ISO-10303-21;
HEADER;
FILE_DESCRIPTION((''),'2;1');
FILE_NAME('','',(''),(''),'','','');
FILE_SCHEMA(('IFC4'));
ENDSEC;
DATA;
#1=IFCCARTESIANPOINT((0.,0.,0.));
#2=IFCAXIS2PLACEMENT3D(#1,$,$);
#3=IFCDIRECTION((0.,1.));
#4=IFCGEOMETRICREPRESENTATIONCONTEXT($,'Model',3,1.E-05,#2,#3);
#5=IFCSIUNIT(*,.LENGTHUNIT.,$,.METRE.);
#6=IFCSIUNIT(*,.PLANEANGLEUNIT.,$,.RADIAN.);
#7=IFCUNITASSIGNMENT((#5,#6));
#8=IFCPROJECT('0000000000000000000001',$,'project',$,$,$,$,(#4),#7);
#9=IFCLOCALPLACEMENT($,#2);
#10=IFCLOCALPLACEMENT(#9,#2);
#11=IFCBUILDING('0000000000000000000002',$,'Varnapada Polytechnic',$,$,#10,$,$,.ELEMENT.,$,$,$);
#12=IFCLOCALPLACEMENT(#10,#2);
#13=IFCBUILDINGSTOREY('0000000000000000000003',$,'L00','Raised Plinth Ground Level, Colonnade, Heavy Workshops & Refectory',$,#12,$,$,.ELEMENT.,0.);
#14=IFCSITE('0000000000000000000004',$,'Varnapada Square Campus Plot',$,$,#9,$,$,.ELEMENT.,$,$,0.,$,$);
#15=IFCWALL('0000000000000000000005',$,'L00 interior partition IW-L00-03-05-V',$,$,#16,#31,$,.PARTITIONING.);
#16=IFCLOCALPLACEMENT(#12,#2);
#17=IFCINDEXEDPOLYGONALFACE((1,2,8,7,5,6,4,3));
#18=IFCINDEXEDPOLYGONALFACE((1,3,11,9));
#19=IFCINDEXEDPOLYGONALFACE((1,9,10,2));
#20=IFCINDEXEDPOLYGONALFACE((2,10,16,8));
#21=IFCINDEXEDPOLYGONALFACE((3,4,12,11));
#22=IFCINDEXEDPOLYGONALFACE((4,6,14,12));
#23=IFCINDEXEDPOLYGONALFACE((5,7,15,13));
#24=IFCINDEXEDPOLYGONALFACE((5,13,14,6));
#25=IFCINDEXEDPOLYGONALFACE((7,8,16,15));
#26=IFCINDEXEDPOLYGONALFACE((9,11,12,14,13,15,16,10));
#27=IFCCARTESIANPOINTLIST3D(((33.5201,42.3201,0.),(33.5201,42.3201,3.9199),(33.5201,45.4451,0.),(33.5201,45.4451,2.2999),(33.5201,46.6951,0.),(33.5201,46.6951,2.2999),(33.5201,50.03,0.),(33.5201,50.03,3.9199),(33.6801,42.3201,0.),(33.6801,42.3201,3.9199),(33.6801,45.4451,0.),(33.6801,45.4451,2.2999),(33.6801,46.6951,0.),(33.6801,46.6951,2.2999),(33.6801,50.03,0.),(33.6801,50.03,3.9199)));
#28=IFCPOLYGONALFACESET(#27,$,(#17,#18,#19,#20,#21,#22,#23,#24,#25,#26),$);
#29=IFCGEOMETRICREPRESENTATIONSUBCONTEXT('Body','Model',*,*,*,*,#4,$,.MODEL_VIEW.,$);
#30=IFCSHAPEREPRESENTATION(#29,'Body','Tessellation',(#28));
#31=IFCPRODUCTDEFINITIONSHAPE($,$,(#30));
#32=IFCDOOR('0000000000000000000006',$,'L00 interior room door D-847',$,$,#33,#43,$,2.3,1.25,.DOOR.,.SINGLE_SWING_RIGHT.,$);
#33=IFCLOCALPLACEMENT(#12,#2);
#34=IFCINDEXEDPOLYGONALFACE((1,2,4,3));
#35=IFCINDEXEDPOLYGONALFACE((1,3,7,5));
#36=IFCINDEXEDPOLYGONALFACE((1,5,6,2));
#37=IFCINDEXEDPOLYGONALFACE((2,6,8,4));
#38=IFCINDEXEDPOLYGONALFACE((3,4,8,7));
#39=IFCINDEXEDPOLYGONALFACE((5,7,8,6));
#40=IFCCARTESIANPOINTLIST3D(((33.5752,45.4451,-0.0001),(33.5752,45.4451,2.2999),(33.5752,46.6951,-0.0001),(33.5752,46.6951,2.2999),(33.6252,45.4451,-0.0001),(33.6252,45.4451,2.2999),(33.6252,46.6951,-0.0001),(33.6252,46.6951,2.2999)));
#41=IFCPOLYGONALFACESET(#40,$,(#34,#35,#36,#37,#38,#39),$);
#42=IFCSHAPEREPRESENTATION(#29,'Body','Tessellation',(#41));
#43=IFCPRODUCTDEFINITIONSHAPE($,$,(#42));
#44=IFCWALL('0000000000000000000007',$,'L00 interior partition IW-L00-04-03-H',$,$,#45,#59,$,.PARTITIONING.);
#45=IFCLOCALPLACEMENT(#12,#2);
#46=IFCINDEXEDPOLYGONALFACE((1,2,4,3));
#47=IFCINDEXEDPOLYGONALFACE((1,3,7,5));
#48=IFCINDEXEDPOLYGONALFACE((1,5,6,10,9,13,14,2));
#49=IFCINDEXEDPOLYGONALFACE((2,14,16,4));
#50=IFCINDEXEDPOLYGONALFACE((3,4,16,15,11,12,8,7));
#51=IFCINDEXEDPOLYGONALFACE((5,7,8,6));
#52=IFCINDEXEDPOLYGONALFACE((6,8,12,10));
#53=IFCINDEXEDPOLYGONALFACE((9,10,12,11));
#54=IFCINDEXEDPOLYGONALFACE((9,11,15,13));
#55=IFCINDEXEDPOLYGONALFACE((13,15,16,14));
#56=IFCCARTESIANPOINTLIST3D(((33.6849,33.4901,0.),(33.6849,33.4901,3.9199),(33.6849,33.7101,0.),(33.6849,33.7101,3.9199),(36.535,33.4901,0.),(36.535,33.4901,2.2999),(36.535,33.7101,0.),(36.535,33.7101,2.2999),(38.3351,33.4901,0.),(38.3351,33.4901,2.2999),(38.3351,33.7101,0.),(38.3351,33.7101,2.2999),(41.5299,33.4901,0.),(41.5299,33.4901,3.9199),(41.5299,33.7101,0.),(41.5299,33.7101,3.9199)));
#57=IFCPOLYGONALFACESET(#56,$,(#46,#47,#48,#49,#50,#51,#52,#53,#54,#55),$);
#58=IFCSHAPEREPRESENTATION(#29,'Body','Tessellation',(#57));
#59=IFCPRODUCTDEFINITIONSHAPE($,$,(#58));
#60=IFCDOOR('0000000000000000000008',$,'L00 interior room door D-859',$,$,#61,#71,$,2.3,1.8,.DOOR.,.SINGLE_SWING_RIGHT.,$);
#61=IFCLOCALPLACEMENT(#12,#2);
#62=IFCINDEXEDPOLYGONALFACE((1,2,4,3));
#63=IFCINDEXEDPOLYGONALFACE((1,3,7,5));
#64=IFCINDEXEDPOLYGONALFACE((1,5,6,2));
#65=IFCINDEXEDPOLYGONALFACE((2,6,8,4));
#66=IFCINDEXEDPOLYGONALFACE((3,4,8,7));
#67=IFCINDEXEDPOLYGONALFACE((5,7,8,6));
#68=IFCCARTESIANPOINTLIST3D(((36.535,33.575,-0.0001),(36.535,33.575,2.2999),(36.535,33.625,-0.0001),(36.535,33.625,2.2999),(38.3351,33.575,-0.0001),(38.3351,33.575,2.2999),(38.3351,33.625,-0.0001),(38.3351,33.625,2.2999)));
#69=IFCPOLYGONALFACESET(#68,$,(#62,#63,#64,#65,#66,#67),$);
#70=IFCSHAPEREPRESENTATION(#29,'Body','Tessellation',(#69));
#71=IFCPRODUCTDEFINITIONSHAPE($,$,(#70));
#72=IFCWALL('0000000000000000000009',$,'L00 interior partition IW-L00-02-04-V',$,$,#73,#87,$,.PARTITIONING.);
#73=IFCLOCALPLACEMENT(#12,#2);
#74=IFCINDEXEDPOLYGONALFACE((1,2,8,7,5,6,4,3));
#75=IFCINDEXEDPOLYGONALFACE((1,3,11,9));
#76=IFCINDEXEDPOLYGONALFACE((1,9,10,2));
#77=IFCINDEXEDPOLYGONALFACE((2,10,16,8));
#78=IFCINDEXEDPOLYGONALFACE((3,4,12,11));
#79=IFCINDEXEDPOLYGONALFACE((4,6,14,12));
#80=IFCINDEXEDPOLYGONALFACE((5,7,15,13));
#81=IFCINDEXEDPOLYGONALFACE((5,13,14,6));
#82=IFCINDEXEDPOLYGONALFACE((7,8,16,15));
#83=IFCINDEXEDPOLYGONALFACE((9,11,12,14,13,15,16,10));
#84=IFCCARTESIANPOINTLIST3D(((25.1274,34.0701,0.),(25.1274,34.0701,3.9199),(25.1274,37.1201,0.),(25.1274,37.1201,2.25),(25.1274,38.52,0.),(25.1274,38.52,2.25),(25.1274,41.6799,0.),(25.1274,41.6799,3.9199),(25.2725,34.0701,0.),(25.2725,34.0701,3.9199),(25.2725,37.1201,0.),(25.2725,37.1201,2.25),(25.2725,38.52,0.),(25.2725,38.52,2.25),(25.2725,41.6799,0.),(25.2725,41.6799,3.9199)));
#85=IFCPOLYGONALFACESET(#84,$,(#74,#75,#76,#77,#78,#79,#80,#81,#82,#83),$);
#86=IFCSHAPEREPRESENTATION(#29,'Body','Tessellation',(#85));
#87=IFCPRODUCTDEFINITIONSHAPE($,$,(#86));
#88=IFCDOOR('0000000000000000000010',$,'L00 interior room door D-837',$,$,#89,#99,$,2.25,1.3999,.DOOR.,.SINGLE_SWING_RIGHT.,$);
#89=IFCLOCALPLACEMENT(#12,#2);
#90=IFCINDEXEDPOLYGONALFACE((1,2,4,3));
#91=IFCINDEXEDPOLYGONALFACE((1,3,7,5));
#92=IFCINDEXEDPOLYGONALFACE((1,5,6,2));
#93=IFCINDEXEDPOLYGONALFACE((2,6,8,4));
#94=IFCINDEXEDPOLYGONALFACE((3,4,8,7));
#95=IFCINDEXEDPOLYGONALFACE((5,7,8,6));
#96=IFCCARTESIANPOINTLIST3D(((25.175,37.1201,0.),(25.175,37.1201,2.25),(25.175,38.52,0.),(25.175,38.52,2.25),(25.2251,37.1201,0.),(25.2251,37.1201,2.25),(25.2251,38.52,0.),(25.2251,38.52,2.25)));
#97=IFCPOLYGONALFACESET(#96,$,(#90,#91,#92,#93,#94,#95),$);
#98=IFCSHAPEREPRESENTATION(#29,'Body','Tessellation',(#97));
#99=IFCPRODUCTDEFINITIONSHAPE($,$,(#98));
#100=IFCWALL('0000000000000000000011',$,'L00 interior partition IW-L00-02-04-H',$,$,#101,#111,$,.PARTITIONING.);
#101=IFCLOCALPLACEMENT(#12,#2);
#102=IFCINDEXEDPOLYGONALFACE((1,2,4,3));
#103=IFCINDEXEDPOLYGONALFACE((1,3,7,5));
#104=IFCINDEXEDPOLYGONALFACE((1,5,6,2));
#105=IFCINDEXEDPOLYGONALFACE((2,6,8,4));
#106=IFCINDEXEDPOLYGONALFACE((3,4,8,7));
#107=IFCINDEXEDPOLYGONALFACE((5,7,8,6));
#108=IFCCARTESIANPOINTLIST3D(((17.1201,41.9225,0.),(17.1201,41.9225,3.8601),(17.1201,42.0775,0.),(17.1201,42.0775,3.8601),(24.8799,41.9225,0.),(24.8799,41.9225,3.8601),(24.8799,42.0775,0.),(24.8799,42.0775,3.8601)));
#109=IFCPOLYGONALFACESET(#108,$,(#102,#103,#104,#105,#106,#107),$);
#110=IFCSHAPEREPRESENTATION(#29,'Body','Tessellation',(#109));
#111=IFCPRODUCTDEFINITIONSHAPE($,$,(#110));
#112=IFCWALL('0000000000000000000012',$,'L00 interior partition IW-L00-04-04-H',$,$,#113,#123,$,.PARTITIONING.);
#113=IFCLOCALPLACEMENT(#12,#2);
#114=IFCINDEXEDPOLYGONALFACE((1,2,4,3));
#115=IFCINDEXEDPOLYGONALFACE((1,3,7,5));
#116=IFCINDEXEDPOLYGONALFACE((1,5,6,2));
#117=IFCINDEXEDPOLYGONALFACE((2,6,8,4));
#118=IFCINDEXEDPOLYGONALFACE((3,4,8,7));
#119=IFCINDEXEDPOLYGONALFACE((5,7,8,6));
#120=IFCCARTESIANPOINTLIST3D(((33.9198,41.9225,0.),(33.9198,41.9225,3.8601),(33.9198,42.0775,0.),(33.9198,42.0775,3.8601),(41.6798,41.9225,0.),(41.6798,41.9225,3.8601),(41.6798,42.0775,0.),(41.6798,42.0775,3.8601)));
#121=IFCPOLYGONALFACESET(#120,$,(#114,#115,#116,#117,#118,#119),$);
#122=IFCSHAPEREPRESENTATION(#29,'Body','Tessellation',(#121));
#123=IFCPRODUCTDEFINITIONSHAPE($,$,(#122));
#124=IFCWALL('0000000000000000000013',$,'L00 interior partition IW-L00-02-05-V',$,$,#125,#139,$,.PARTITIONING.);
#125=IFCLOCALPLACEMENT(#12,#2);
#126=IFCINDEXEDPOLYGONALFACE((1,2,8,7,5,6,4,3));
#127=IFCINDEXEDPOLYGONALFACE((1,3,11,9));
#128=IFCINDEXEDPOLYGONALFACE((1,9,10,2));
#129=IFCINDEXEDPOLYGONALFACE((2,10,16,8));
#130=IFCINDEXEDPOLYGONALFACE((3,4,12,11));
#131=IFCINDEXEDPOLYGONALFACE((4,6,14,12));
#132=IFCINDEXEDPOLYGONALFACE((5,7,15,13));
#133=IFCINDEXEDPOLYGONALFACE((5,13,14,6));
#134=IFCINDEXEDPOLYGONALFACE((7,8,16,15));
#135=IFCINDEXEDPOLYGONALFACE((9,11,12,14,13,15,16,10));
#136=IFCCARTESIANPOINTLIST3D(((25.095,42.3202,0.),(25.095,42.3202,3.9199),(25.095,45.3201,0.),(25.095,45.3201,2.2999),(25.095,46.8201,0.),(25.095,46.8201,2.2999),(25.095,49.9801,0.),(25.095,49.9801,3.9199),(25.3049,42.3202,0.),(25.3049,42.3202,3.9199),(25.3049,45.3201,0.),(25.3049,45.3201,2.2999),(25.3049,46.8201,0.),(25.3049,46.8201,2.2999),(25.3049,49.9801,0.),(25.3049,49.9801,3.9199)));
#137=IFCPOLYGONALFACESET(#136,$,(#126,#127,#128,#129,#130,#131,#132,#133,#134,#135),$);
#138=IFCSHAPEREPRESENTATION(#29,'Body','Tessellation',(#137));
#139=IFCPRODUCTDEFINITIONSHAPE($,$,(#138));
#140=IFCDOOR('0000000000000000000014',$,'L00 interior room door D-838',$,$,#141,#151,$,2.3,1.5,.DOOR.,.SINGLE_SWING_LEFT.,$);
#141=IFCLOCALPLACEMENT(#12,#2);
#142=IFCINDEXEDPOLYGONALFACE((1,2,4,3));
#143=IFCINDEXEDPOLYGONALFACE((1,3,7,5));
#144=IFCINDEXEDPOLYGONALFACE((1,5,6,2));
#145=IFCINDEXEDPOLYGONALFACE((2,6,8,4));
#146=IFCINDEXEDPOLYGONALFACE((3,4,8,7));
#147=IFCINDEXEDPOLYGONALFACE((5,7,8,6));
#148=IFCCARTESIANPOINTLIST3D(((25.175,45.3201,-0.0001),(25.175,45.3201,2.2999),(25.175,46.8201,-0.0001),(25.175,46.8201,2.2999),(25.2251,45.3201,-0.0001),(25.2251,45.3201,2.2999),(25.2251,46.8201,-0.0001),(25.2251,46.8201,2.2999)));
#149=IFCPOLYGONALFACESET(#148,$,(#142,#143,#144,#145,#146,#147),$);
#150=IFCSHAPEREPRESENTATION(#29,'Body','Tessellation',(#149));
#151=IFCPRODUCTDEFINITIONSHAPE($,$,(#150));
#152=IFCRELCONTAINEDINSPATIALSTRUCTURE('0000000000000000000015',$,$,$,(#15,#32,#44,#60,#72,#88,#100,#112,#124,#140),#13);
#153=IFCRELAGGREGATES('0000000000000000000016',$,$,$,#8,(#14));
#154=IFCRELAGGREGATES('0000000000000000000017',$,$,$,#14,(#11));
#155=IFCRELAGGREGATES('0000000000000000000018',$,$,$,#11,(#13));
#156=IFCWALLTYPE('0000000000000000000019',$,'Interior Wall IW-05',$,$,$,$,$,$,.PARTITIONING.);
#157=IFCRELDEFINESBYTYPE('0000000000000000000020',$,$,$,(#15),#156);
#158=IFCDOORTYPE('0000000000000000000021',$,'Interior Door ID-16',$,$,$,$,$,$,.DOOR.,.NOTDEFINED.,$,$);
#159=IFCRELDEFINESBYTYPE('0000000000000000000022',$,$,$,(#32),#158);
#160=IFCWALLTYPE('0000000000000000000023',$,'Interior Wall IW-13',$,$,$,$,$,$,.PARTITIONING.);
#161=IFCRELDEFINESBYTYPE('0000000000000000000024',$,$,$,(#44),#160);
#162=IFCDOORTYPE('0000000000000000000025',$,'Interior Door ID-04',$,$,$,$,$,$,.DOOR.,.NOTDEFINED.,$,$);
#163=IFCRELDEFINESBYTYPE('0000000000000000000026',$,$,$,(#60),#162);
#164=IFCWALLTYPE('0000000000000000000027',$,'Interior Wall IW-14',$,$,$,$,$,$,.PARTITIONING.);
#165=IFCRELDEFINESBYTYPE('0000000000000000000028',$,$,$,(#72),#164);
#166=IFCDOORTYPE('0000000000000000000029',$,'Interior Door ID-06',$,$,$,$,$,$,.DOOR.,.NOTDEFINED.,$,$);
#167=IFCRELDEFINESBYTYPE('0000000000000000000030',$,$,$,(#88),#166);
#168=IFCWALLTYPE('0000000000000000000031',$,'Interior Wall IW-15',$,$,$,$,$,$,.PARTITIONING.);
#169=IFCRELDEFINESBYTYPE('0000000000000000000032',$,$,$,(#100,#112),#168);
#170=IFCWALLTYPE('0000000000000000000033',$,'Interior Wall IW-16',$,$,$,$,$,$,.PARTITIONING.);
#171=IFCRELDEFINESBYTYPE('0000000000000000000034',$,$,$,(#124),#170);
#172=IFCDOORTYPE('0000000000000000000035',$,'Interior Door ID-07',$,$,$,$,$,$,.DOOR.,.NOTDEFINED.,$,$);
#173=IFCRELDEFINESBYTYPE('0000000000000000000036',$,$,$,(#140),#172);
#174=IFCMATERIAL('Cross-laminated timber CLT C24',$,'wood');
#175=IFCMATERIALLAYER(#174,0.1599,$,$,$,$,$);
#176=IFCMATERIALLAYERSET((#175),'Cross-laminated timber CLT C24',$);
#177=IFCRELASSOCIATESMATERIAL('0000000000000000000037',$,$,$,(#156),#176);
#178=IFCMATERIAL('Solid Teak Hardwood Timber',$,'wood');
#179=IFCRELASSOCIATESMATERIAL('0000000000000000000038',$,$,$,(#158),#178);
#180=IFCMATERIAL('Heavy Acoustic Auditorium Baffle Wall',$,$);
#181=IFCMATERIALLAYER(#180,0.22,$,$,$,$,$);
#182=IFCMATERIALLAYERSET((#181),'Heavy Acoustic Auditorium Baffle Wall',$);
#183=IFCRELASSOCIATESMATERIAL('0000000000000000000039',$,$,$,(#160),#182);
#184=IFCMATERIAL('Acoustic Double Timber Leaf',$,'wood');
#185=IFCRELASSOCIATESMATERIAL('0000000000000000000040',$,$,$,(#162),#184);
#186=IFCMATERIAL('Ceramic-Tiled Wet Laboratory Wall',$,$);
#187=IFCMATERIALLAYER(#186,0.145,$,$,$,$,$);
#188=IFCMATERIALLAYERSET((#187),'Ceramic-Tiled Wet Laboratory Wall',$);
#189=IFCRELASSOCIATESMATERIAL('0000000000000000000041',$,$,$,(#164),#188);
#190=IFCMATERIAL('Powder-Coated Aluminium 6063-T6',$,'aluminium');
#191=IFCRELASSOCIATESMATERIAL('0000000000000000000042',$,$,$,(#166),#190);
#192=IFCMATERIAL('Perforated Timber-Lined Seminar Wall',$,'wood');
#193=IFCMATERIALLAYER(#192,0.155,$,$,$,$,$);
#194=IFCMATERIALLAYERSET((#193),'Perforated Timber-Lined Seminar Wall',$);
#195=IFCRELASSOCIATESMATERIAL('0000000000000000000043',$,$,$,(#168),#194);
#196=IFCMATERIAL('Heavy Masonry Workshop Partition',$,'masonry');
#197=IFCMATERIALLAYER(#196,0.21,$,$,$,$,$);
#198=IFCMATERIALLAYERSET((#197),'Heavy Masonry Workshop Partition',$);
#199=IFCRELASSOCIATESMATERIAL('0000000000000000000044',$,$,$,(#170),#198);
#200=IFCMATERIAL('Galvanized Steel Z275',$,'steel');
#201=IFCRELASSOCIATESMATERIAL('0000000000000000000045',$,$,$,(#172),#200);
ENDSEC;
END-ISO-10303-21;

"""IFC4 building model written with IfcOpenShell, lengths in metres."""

from ifc_helpers import new_model, si_unit, direction, frame, frame_2d, origin, place, context, subcontext, project, spatial, rectangle, extrude, material, layer, layer_set, type_object, element, fill, save


model = new_model("IFC4")

# Units and contexts
model_context = context("Model", 3, precision=1e-05, world=origin(), true_north=direction((0.0, 1.0)))
body_context = subcontext(model_context, "Body", "Model", "MODEL_VIEW")
ifc_project = project(units=[si_unit("LENGTHUNIT", "METRE"), si_unit("PLANEANGLEUNIT", "RADIAN")], contexts=[model_context])

# Site, building, storey
site_placement = place(None, origin())
site = spatial("IfcSite", under=ifc_project, at=site_placement, Name="Varnapada Square Campus Plot", CompositionType="ELEMENT", RefElevation=0.0)
building_placement = place(site_placement, origin())
building = spatial("IfcBuilding", under=site, at=building_placement, Name="Varnapada Polytechnic", CompositionType="ELEMENT")
storey_placement = place(building_placement, origin())
storey = spatial("IfcBuildingStorey", under=building, at=storey_placement, Name="L00", Description="Raised Plinth Ground Level, Colonnade, Heavy Workshops & Refectory", CompositionType="ELEMENT", Elevation=0.0)

# Walls, openings, doors
ifc_material_1 = material(Name="Cross-laminated timber CLT C24", Category="wood")
ifc_layer_1 = layer(ifc_material_1, 0.1599)
ifc_layer_set_1 = layer_set([ifc_layer_1], Name="Cross-laminated timber CLT C24")
wall_type_1 = type_object("IfcWallType", Name="Interior Wall IW-05", PredefinedType="PARTITIONING", material=ifc_layer_set_1)
wall_1_placement = place(storey_placement, frame((33.6001, 42.3201, 0.0), z_axis=(0.0, 0.0, 1.0), x_axis=(0.0, 1.0, 0.0)))
wall_1 = element("IfcWall", 1, at=wall_1_placement, inside=storey, type_object=wall_type_1, Name="L00 interior partition IW-L00-03-05-V", PredefinedType="PARTITIONING", context=body_context, shape_type="SweptSolid", body=[
    extrude(rectangle(XDim=7.71, YDim=0.1599, at=frame_2d((3.855, 0.0))), origin(), (0.0, 0.0, 1.0), 3.9199),
])
opening_1_placement = place(wall_1_placement, frame((3.125, 0.0, 0.0)))
opening_1 = element("IfcOpeningElement", 2, at=opening_1_placement, cuts=wall_1, PredefinedType="OPENING", context=body_context, shape_type="SweptSolid", body=[
    extrude(rectangle(XDim=1.25, YDim=2.3, at=frame_2d((0.625, 1.1499))), frame((0.0, 0.0898, 0.0), z_axis=(0.0, -1.0, 0.0), x_axis=(1.0, 0.0, 0.0)), (0.0, 0.0, 1.0), 0.1799),
])
ifc_material_2 = material(Name="Solid Teak Hardwood Timber", Category="wood")
door_type_1 = type_object("IfcDoorType", Name="Interior Door ID-16", OperationType="NOTDEFINED", PredefinedType="DOOR", material=ifc_material_2)
door_1_placement = place(opening_1_placement, origin())
door_1 = element("IfcDoor", 3, at=door_1_placement, inside=storey, type_object=door_type_1, Name="L00 interior room door D-847", OperationType="SINGLE_SWING_RIGHT", OverallHeight=2.3, OverallWidth=1.25, PredefinedType="DOOR", context=body_context, shape_type="SweptSolid", body=[
    extrude(rectangle(XDim=1.25, YDim=2.3, at=frame_2d((0.625, 1.1499))), frame((0.0, 0.0249, 0.0), z_axis=(0.0, -1.0, 0.0), x_axis=(1.0, 0.0, 0.0)), (0.0, 0.0, 1.0), 0.05),
])
fill(opening_1, door_1)
ifc_material_3 = material(Name="Heavy Acoustic Auditorium Baffle Wall")
ifc_layer_2 = layer(ifc_material_3, 0.22)
ifc_layer_set_2 = layer_set([ifc_layer_2], Name="Heavy Acoustic Auditorium Baffle Wall")
wall_type_2 = type_object("IfcWallType", Name="Interior Wall IW-13", PredefinedType="PARTITIONING", material=ifc_layer_set_2)
wall_2_placement = place(storey_placement, frame((33.6851, 33.6001, 0.0), z_axis=(0.0, 0.0, 1.0), x_axis=(1.0, 0.0, 0.0)))
wall_2 = element("IfcWall", 4, at=wall_2_placement, inside=storey, type_object=wall_type_2, Name="L00 interior partition IW-L00-04-03-H", PredefinedType="PARTITIONING", context=body_context, shape_type="SweptSolid", body=[
    extrude(rectangle(XDim=7.845, YDim=0.22, at=frame_2d((3.9224, 0.0))), origin(), (0.0, 0.0, 1.0), 3.9199),
])
opening_2_placement = place(wall_2_placement, frame((2.8501, 0.0, 0.0)))
opening_2 = element("IfcOpeningElement", 5, at=opening_2_placement, cuts=wall_2, PredefinedType="OPENING", context=body_context, shape_type="SweptSolid", body=[
    extrude(rectangle(XDim=1.8, YDim=2.3, at=frame_2d((0.8999, 1.1499))), frame((0.0, 0.1199, 0.0), z_axis=(0.0, -1.0, 0.0), x_axis=(1.0, 0.0, 0.0)), (0.0, 0.0, 1.0), 0.24),
])
ifc_material_4 = material(Name="Acoustic Double Timber Leaf", Category="wood")
door_type_2 = type_object("IfcDoorType", Name="Interior Door ID-04", OperationType="NOTDEFINED", PredefinedType="DOOR", material=ifc_material_4)
door_2_placement = place(opening_2_placement, origin())
door_2 = element("IfcDoor", 6, at=door_2_placement, inside=storey, type_object=door_type_2, Name="L00 interior room door D-859", OperationType="SINGLE_SWING_RIGHT", OverallHeight=2.3, OverallWidth=1.8, PredefinedType="DOOR", context=body_context, shape_type="SweptSolid", body=[
    extrude(rectangle(XDim=1.8, YDim=2.3, at=frame_2d((0.8999, 1.1499))), frame((0.0, 0.0249, 0.0), z_axis=(0.0, -1.0, 0.0), x_axis=(1.0, 0.0, 0.0)), (0.0, 0.0, 1.0), 0.05),
])
fill(opening_2, door_2)
ifc_material_5 = material(Name="Ceramic-Tiled Wet Laboratory Wall")
ifc_layer_3 = layer(ifc_material_5, 0.145)
ifc_layer_set_3 = layer_set([ifc_layer_3], Name="Ceramic-Tiled Wet Laboratory Wall")
wall_type_3 = type_object("IfcWallType", Name="Interior Wall IW-14", PredefinedType="PARTITIONING", material=ifc_layer_set_3)
wall_3_placement = place(storey_placement, frame((25.2, 34.0701, 0.0), z_axis=(0.0, 0.0, 1.0), x_axis=(0.0, 1.0, 0.0)))
wall_3 = element("IfcWall", 7, at=wall_3_placement, inside=storey, type_object=wall_type_3, Name="L00 interior partition IW-L00-02-04-V", PredefinedType="PARTITIONING", context=body_context, shape_type="SweptSolid", body=[
    extrude(rectangle(XDim=7.6099, YDim=0.145, at=frame_2d((3.8049, 0.0))), origin(), (0.0, 0.0, 1.0), 3.9199),
])
opening_3_placement = place(wall_3_placement, frame((3.05, 0.0, 0.0)))
opening_3 = element("IfcOpeningElement", 8, at=opening_3_placement, cuts=wall_3, PredefinedType="OPENING", context=body_context, shape_type="SweptSolid", body=[
    extrude(rectangle(XDim=1.3999, YDim=2.25, at=frame_2d((0.7, 1.125))), frame((0.0, 0.0825, 0.0), z_axis=(0.0, -1.0, 0.0), x_axis=(1.0, 0.0, 0.0)), (0.0, 0.0, 1.0), 0.165),
])
ifc_material_6 = material(Name="Powder-Coated Aluminium 6063-T6", Category="aluminium")
door_type_3 = type_object("IfcDoorType", Name="Interior Door ID-06", OperationType="NOTDEFINED", PredefinedType="DOOR", material=ifc_material_6)
door_3_placement = place(opening_3_placement, origin())
door_3 = element("IfcDoor", 9, at=door_3_placement, inside=storey, type_object=door_type_3, Name="L00 interior room door D-837", OperationType="SINGLE_SWING_RIGHT", OverallHeight=2.25, OverallWidth=1.3999, PredefinedType="DOOR", context=body_context, shape_type="SweptSolid", body=[
    extrude(rectangle(XDim=1.3999, YDim=2.25, at=frame_2d((0.7, 1.125))), frame((0.0, 0.0249, 0.0), z_axis=(0.0, -1.0, 0.0), x_axis=(1.0, 0.0, 0.0)), (0.0, 0.0, 1.0), 0.05),
])
fill(opening_3, door_3)

# Walls
ifc_material_7 = material(Name="Perforated Timber-Lined Seminar Wall", Category="wood")
ifc_layer_4 = layer(ifc_material_7, 0.155)
ifc_layer_set_4 = layer_set([ifc_layer_4], Name="Perforated Timber-Lined Seminar Wall")
wall_type_4 = type_object("IfcWallType", Name="Interior Wall IW-15", PredefinedType="PARTITIONING", material=ifc_layer_set_4)
wall_4_placement = place(storey_placement, frame((17.1201, 42.0, 0.0), z_axis=(0.0, 0.0, 1.0), x_axis=(1.0, 0.0, 0.0)))
element("IfcWall", 10, at=wall_4_placement, inside=storey, type_object=wall_type_4, Name="L00 interior partition IW-L00-02-04-H", PredefinedType="PARTITIONING", context=body_context, shape_type="SweptSolid", body=[
    extrude(rectangle(XDim=7.7598, YDim=0.155, at=frame_2d((3.8799, 0.0))), origin(), (0.0, 0.0, 1.0), 3.8601),
])
wall_5_placement = place(storey_placement, frame((33.9199, 42.0, 0.0), z_axis=(0.0, 0.0, 1.0), x_axis=(1.0, 0.0, 0.0)))
element("IfcWall", 11, at=wall_5_placement, inside=storey, type_object=wall_type_4, Name="L00 interior partition IW-L00-04-04-H", PredefinedType="PARTITIONING", context=body_context, shape_type="SweptSolid", body=[
    extrude(rectangle(XDim=7.76, YDim=0.155, at=frame_2d((3.8799, 0.0))), origin(), (0.0, 0.0, 1.0), 3.8601),
])

# Wall, opening, door
ifc_material_8 = material(Name="Heavy Masonry Workshop Partition", Category="masonry")
ifc_layer_5 = layer(ifc_material_8, 0.21)
ifc_layer_set_5 = layer_set([ifc_layer_5], Name="Heavy Masonry Workshop Partition")
wall_type_5 = type_object("IfcWallType", Name="Interior Wall IW-16", PredefinedType="PARTITIONING", material=ifc_layer_set_5)
wall_6_placement = place(storey_placement, frame((25.2, 42.3201, 0.0), z_axis=(0.0, 0.0, 1.0), x_axis=(0.0, 1.0, 0.0)))
wall_6 = element("IfcWall", 12, at=wall_6_placement, inside=storey, type_object=wall_type_5, Name="L00 interior partition IW-L00-02-05-V", PredefinedType="PARTITIONING", context=body_context, shape_type="SweptSolid", body=[
    extrude(rectangle(XDim=7.6599, YDim=0.21, at=frame_2d((3.8301, 0.0))), origin(), (0.0, 0.0, 1.0), 3.9199),
])
opening_4_placement = place(wall_6_placement, frame((3.0, 0.0, 0.0)))
opening_4 = element("IfcOpeningElement", 13, at=opening_4_placement, cuts=wall_6, PredefinedType="OPENING", context=body_context, shape_type="SweptSolid", body=[
    extrude(rectangle(XDim=1.5, YDim=2.3, at=frame_2d((0.75, 1.1499))), frame((0.0, 0.115, 0.0), z_axis=(0.0, -1.0, 0.0), x_axis=(1.0, 0.0, 0.0)), (0.0, 0.0, 1.0), 0.23),
])
ifc_material_9 = material(Name="Galvanized Steel Z275", Category="steel")
door_type_4 = type_object("IfcDoorType", Name="Interior Door ID-07", OperationType="NOTDEFINED", PredefinedType="DOOR", material=ifc_material_9)
door_4_placement = place(opening_4_placement, origin())
door_4 = element("IfcDoor", 14, at=door_4_placement, inside=storey, type_object=door_type_4, Name="L00 interior room door D-838", OperationType="SINGLE_SWING_LEFT", OverallHeight=2.3, OverallWidth=1.5, PredefinedType="DOOR", context=body_context, shape_type="SweptSolid", body=[
    extrude(rectangle(XDim=1.5, YDim=2.3, at=frame_2d((0.75, 1.1499))), frame((0.0, 0.0249, 0.0), z_axis=(0.0, -1.0, 0.0), x_axis=(1.0, 0.0, 0.0)), (0.0, 0.0, 1.0), 0.05),
])
fill(opening_4, door_4)

save(model, "model.ifc")
